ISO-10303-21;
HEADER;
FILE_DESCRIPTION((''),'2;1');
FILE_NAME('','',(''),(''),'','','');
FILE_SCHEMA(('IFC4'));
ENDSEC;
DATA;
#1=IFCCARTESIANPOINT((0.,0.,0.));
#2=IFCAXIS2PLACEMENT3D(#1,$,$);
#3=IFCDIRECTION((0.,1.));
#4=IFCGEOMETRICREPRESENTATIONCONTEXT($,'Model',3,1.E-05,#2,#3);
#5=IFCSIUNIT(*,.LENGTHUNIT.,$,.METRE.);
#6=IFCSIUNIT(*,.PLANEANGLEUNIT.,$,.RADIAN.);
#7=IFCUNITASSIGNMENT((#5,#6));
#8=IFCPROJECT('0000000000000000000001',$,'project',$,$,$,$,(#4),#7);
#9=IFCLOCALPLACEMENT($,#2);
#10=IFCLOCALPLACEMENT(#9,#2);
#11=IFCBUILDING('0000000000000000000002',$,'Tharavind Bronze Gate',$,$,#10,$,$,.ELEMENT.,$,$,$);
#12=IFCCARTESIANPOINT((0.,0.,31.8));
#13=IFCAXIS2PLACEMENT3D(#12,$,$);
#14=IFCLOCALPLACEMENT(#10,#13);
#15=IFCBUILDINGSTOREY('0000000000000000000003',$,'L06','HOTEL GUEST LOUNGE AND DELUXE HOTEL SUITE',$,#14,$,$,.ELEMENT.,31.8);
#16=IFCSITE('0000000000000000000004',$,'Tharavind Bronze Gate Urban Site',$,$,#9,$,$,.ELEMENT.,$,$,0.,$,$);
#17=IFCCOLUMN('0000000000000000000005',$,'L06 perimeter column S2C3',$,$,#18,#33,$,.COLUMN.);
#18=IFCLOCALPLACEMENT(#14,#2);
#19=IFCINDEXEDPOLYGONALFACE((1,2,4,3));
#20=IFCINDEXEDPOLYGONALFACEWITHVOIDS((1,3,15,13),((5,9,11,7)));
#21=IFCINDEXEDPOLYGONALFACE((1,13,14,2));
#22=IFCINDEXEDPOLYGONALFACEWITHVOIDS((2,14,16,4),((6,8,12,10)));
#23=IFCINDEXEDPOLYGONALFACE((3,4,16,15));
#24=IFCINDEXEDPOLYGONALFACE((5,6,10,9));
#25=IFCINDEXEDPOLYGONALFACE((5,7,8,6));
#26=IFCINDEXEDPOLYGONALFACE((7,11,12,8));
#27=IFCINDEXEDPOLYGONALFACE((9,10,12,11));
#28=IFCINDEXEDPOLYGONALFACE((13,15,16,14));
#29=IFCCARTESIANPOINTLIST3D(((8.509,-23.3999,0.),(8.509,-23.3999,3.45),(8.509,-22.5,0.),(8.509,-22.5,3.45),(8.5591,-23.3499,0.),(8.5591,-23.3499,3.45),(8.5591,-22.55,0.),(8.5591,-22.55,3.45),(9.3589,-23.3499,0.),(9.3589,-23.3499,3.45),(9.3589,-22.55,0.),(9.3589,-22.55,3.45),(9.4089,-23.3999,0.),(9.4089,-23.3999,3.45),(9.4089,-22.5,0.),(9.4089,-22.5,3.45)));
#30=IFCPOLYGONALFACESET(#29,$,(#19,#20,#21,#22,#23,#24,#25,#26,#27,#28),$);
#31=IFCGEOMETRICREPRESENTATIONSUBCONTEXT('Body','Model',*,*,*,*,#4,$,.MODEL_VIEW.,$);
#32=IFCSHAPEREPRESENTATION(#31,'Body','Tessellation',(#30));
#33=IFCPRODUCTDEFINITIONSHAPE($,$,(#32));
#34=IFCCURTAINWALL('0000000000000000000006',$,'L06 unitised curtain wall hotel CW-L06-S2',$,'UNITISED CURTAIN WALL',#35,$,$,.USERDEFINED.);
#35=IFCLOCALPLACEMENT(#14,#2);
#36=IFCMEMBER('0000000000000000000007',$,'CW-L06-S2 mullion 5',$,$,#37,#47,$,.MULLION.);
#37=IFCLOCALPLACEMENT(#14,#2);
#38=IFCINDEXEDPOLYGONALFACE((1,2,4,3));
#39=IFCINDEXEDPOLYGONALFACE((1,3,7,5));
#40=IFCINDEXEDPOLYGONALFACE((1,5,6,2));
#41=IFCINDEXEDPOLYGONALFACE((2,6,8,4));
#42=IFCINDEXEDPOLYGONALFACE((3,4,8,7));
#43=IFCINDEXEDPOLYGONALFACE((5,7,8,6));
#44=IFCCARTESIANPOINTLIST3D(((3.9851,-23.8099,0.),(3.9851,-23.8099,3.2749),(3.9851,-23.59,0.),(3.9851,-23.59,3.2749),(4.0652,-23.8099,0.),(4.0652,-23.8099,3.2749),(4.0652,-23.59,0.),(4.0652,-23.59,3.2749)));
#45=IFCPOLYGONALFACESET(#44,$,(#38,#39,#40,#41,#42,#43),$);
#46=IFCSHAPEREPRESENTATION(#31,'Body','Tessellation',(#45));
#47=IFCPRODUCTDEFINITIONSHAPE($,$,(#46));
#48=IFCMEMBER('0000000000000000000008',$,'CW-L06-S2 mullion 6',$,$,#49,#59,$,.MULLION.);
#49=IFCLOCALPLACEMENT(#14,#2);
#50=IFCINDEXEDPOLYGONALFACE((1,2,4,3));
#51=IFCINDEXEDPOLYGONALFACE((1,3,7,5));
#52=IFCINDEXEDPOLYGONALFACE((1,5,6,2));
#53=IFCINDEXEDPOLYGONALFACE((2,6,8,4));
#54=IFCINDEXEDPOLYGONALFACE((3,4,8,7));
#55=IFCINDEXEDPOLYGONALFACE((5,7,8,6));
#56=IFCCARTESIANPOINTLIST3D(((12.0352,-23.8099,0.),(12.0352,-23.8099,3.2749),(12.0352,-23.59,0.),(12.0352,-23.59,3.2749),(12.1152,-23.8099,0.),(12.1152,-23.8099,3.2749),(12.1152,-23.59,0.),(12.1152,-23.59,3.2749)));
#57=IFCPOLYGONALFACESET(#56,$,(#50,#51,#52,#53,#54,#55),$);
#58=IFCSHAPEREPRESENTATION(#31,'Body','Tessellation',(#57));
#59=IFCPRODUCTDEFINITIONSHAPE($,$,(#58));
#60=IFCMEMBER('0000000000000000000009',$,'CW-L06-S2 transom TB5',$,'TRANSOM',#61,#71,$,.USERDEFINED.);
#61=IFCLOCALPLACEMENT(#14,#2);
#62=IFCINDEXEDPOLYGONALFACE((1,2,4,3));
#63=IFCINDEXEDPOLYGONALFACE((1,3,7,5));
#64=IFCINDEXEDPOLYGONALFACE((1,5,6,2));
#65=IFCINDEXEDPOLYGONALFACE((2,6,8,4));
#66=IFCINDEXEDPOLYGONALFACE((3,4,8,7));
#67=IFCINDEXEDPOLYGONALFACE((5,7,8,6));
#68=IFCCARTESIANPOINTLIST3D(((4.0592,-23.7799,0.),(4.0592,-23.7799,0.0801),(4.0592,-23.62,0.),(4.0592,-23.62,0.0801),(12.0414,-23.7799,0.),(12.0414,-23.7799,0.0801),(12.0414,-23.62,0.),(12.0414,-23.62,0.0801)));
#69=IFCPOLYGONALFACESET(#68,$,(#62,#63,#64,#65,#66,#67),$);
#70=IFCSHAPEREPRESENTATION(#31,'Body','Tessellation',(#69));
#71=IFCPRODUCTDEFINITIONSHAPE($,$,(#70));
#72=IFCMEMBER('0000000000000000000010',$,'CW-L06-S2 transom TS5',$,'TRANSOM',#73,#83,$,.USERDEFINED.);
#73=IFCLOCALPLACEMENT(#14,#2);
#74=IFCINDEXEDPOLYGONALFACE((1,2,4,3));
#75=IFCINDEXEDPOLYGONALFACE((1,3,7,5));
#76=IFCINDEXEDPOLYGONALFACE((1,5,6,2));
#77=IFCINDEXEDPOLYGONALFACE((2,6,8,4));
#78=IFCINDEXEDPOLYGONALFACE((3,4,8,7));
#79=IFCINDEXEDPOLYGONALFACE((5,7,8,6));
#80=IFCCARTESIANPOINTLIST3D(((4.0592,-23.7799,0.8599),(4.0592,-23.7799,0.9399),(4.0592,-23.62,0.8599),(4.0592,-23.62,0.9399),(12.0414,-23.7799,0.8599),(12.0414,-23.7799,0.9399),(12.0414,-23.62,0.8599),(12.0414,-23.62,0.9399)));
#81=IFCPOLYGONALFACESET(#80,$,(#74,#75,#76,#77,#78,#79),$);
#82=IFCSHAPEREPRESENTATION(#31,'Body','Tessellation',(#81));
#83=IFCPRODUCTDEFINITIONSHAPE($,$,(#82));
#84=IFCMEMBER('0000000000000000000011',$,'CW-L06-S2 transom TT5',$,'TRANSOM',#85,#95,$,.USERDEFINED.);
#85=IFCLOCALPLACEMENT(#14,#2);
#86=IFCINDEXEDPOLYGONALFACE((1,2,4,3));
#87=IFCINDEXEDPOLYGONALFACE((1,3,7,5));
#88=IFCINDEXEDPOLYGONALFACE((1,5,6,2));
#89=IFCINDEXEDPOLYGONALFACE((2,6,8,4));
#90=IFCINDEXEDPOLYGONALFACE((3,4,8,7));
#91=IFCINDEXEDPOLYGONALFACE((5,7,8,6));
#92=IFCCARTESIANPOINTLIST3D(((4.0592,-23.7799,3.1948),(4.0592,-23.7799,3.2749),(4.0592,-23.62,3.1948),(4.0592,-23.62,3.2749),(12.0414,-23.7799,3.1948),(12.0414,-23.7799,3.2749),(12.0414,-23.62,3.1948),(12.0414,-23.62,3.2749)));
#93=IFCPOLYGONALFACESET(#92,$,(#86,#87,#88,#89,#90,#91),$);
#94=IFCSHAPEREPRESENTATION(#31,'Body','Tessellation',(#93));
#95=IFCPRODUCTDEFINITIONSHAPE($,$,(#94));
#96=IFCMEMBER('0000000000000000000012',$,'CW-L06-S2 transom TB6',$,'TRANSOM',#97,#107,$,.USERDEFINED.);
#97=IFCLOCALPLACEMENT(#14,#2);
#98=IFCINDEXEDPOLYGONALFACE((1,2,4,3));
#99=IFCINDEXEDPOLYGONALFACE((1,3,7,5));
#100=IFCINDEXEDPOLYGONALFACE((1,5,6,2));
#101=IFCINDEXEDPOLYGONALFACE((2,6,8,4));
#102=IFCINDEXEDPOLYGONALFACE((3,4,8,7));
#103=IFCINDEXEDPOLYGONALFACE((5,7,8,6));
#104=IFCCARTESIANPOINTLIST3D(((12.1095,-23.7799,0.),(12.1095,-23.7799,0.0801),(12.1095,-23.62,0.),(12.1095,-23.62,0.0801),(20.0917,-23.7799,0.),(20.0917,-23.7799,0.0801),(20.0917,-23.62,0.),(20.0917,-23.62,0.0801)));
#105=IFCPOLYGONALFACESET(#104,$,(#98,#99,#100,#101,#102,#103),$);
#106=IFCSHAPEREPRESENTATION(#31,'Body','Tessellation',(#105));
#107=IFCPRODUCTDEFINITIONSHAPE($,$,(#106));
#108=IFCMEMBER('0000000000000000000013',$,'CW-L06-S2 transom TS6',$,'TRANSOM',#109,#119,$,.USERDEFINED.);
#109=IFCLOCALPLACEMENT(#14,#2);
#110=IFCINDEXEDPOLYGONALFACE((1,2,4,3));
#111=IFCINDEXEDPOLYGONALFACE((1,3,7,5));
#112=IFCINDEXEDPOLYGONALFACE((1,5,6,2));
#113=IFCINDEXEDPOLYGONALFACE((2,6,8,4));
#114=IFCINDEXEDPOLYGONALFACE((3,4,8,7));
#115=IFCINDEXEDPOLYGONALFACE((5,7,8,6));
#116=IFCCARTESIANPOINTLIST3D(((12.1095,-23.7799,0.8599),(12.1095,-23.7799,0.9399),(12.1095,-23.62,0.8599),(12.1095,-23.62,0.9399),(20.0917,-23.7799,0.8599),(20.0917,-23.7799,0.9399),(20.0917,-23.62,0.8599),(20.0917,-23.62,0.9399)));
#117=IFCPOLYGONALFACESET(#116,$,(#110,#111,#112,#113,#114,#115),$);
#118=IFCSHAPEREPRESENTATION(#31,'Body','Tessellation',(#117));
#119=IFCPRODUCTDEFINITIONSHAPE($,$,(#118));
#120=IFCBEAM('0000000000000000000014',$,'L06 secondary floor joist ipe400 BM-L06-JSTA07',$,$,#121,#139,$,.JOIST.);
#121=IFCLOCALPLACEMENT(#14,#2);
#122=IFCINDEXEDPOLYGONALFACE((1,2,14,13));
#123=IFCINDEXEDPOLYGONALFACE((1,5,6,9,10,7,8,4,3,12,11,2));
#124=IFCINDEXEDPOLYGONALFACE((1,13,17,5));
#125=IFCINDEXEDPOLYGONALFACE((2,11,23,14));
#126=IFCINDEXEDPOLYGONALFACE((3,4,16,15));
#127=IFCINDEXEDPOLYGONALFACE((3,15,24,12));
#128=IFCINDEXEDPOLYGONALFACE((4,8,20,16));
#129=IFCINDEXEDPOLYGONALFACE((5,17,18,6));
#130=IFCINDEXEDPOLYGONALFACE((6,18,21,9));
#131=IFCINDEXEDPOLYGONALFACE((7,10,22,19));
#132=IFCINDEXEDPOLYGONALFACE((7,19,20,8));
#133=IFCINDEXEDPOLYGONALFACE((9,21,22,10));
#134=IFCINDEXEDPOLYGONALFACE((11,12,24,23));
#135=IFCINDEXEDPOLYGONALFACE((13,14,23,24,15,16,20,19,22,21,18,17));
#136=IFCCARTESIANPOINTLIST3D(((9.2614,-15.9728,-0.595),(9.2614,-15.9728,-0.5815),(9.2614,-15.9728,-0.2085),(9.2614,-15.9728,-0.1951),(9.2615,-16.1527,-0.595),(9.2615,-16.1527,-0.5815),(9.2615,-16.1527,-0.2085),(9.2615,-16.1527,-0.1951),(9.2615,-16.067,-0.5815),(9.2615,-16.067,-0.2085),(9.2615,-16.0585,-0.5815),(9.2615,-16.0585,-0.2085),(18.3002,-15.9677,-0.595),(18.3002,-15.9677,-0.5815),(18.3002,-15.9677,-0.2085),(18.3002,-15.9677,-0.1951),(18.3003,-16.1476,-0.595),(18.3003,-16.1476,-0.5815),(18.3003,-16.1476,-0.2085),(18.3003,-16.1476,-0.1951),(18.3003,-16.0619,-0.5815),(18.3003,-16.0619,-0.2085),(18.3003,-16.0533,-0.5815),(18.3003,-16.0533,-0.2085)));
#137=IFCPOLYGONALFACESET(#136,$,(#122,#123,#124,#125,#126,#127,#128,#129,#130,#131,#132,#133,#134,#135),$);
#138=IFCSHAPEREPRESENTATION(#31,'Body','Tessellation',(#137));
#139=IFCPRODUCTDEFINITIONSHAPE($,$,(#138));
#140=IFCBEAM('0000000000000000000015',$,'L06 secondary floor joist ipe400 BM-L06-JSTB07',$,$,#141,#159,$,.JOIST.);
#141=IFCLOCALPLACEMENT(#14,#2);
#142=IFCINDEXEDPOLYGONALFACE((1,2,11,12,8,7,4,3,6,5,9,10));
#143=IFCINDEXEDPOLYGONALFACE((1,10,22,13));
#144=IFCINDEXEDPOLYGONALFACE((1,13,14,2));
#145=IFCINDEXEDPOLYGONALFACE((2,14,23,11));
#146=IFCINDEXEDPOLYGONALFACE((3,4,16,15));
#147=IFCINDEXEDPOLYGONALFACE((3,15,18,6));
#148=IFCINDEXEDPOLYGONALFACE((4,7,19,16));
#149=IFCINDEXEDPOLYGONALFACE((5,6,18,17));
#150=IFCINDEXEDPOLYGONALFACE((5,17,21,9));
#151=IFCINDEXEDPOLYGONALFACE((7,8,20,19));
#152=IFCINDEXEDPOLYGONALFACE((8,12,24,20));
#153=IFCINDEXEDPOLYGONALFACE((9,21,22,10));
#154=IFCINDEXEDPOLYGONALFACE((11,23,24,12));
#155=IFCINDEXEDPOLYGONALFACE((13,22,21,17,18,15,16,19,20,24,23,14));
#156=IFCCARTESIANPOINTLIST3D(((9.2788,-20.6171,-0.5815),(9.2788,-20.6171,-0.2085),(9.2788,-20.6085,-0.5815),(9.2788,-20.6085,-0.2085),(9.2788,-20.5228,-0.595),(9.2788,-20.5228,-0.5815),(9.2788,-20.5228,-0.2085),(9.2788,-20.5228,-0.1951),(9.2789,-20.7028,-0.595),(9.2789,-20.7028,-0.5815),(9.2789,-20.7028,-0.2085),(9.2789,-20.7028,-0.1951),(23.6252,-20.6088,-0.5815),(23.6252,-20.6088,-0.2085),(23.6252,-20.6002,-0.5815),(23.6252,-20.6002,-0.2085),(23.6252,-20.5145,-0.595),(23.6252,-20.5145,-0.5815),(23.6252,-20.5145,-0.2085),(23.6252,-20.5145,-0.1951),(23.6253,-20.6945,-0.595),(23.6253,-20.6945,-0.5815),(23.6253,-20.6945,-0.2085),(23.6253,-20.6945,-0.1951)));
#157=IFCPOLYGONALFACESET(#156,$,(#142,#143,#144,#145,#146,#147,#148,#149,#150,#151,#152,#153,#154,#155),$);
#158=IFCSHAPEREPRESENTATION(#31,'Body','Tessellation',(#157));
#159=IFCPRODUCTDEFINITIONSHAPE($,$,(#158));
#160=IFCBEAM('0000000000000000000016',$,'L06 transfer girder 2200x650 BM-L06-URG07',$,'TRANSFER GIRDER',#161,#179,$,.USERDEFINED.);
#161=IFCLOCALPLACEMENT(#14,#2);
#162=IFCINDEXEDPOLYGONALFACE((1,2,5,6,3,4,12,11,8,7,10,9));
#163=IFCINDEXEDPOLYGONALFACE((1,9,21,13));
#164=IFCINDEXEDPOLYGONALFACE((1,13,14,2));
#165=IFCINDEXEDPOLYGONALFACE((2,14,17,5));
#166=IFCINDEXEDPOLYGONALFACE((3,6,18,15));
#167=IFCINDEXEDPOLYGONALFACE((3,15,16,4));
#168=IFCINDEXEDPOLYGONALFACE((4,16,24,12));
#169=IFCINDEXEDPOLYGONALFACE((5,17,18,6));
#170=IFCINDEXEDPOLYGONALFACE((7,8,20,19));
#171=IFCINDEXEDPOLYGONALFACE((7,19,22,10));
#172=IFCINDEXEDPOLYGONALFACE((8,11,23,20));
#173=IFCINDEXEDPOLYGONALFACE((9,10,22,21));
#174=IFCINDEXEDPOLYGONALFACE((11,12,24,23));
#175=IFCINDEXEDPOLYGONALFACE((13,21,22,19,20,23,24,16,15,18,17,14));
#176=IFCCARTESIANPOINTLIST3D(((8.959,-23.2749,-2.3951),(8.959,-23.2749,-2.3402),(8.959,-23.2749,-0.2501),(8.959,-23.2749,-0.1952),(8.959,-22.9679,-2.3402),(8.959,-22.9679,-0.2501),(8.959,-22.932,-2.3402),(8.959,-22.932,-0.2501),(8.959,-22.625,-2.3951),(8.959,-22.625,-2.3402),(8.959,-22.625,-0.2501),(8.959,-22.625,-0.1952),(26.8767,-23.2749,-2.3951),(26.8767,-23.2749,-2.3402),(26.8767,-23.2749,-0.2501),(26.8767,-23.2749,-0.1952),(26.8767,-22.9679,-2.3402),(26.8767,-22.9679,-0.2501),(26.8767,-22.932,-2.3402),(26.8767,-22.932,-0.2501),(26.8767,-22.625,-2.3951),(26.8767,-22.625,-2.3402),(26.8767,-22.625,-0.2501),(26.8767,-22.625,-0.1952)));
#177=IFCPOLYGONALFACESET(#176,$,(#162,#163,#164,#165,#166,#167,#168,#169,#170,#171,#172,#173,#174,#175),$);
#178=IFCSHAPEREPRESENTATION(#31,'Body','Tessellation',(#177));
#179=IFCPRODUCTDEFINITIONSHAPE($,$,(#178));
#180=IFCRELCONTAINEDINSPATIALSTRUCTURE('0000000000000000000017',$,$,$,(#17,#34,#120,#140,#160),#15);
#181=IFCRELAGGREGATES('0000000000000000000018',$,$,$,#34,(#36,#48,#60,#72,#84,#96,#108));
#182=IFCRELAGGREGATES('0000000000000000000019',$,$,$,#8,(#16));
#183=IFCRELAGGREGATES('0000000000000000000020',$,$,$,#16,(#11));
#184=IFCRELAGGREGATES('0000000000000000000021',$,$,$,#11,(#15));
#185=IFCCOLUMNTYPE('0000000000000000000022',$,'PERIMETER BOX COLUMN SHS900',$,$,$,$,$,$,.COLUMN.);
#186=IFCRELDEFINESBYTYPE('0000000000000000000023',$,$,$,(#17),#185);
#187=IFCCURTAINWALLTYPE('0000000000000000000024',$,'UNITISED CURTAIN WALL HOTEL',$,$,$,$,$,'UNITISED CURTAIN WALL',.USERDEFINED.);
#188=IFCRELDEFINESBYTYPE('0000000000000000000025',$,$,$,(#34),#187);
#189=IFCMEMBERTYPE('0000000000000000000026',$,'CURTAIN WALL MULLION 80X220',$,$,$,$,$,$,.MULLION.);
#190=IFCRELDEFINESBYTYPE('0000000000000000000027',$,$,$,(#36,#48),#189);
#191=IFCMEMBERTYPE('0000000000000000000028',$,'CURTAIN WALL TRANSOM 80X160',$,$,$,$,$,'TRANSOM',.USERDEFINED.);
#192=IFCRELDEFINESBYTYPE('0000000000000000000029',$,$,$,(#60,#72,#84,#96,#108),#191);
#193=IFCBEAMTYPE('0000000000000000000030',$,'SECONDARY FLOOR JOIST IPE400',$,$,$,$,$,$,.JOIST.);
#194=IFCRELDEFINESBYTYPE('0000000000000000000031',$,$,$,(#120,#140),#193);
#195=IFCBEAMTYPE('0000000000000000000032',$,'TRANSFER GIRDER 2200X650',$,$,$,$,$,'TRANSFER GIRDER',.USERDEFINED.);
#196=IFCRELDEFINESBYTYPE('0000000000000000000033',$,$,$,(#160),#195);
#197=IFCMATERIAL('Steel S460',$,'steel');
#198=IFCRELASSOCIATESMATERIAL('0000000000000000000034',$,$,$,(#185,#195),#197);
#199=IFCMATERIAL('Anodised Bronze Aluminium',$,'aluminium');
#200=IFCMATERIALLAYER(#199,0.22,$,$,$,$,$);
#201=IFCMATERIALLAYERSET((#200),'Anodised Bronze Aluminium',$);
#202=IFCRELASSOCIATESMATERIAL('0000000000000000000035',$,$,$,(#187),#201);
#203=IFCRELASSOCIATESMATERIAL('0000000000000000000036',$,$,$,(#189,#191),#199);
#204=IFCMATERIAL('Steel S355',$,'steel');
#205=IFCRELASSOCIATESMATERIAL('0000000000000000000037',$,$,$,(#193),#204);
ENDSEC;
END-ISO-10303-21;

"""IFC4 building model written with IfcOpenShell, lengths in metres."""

from ifc_helpers import new_model, si_unit, direction, frame, origin, origin_2d, place, context, subcontext, project, spatial, rectangle, hollow_rectangle, i_section, extrude, material, layer, layer_set, material_profile, profile_set, type_object, element, aggregate, save


model = new_model("IFC4")

# Units and contexts
model_context = context("Model", 3, precision=1e-05, world=origin(), true_north=direction((0.0, 1.0)))
body_context = subcontext(model_context, "Body", "Model", "MODEL_VIEW")
ifc_project = project(units=[si_unit("LENGTHUNIT", "METRE"), si_unit("PLANEANGLEUNIT", "RADIAN")], contexts=[model_context])

# Site, building, storey
site_placement = place(None, origin())
site = spatial("IfcSite", under=ifc_project, at=site_placement, Name="Tharavind Bronze Gate Urban Site", CompositionType="ELEMENT", RefElevation=0.0)
building_placement = place(site_placement, origin())
building = spatial("IfcBuilding", under=site, at=building_placement, Name="Tharavind Bronze Gate", CompositionType="ELEMENT")
storey_placement = place(building_placement, frame((0.0, 0.0, 31.8)))
storey = spatial("IfcBuildingStorey", under=building, at=storey_placement, Name="L06", Description="HOTEL GUEST LOUNGE AND DELUXE HOTEL SUITE", CompositionType="ELEMENT", Elevation=31.8)

# Column
ifc_material_1 = material(Name="Steel S460", Category="steel")
ifc_material_profile_1 = material_profile(ifc_material_1, hollow_rectangle(XDim=0.8999, YDim=0.8999, WallThickness=0.05, at=origin_2d()), Name="SHS900X50")
ifc_profile_set_1 = profile_set([ifc_material_profile_1], Name="Steel S460")
column_type = type_object("IfcColumnType", Name="PERIMETER BOX COLUMN SHS900", PredefinedType="COLUMN", material=ifc_profile_set_1)
column_placement = place(storey_placement, frame((8.959, -22.95, 0.0), z_axis=(0.0, 0.0, 1.0), x_axis=(1.0, 0.0, 0.0)))
element("IfcColumn", 1, at=column_placement, inside=storey, type_object=column_type, Name="L06 perimeter column S2C3", PredefinedType="COLUMN", context=body_context, shape_type="SweptSolid", body=[
    extrude(hollow_rectangle(XDim=0.8999, YDim=0.8999, WallThickness=0.05, at=origin_2d()), origin(), (0.0, 0.0, 1.0), 3.45),
])

# Curtain wall, members
ifc_material_2 = material(Name="Anodised Bronze Aluminium", Category="aluminium")
ifc_layer_1 = layer(ifc_material_2, 0.22)
ifc_layer_set_1 = layer_set([ifc_layer_1], Name="Anodised Bronze Aluminium")
curtain_wall_type = type_object("IfcCurtainWallType", Name="UNITISED CURTAIN WALL HOTEL", ElementType="UNITISED CURTAIN WALL", PredefinedType="USERDEFINED", material=ifc_layer_set_1)
curtain_wall_placement = place(storey_placement, origin())
curtain_wall = element("IfcCurtainWall", 2, at=curtain_wall_placement, inside=storey, type_object=curtain_wall_type, Name="L06 unitised curtain wall hotel CW-L06-S2", ObjectType="UNITISED CURTAIN WALL", PredefinedType="USERDEFINED")
member_type_1 = type_object("IfcMemberType", Name="CURTAIN WALL MULLION 80X220", PredefinedType="MULLION", material=ifc_material_2)
member_1_placement = place(storey_placement, frame((4.0251, -23.7, 0.0), z_axis=(0.0, 0.0, 1.0), x_axis=(1.0, 0.0, 0.0)))
member_1 = element("IfcMember", 3, at=member_1_placement, type_object=member_type_1, Name="CW-L06-S2 mullion 5", PredefinedType="MULLION", context=body_context, shape_type="SweptSolid", body=[
    extrude(rectangle(XDim=0.0801, YDim=0.22, at=origin_2d()), origin(), (0.0, 0.0, 1.0), 3.2749),
])
member_2_placement = place(storey_placement, frame((12.0752, -23.7, 0.0), z_axis=(0.0, 0.0, 1.0), x_axis=(1.0, 0.0, 0.0)))
member_2 = element("IfcMember", 4, at=member_2_placement, type_object=member_type_1, Name="CW-L06-S2 mullion 6", PredefinedType="MULLION", context=body_context, shape_type="SweptSolid", body=[
    extrude(rectangle(XDim=0.0801, YDim=0.22, at=origin_2d()), origin(), (0.0, 0.0, 1.0), 3.2749),
])
member_type_2 = type_object("IfcMemberType", Name="CURTAIN WALL TRANSOM 80X160", ElementType="TRANSOM", PredefinedType="USERDEFINED", material=ifc_material_2)
member_3_placement = place(storey_placement, frame((8.0503, -23.7, 0.0), z_axis=(0.0, 0.0, 1.0), x_axis=(1.0, 0.0, 0.0)))
member_3 = element("IfcMember", 5, at=member_3_placement, type_object=member_type_2, Name="CW-L06-S2 transom TB5", ObjectType="TRANSOM", PredefinedType="USERDEFINED", context=body_context, shape_type="SweptSolid", body=[
    extrude(rectangle(XDim=7.9822, YDim=0.1599, at=origin_2d()), origin(), (0.0, 0.0, 1.0), 0.0801),
])
member_4_placement = place(storey_placement, frame((8.0503, -23.7, 0.8599), z_axis=(0.0, 0.0, 1.0), x_axis=(1.0, 0.0, 0.0)))
member_4 = element("IfcMember", 6, at=member_4_placement, type_object=member_type_2, Name="CW-L06-S2 transom TS5", ObjectType="TRANSOM", PredefinedType="USERDEFINED", context=body_context, shape_type="SweptSolid", body=[
    extrude(rectangle(XDim=7.9822, YDim=0.1599, at=origin_2d()), origin(), (0.0, 0.0, 1.0), 0.0801),
])
member_5_placement = place(storey_placement, frame((8.0503, -23.7, 3.1948), z_axis=(0.0, 0.0, 1.0), x_axis=(1.0, 0.0, 0.0)))
member_5 = element("IfcMember", 7, at=member_5_placement, type_object=member_type_2, Name="CW-L06-S2 transom TT5", ObjectType="TRANSOM", PredefinedType="USERDEFINED", context=body_context, shape_type="SweptSolid", body=[
    extrude(rectangle(XDim=7.9822, YDim=0.1599, at=origin_2d()), origin(), (0.0, 0.0, 1.0), 0.0801),
])
member_6_placement = place(storey_placement, frame((16.1006, -23.7, 0.0), z_axis=(0.0, 0.0, 1.0), x_axis=(1.0, 0.0, 0.0)))
member_6 = element("IfcMember", 8, at=member_6_placement, type_object=member_type_2, Name="CW-L06-S2 transom TB6", ObjectType="TRANSOM", PredefinedType="USERDEFINED", context=body_context, shape_type="SweptSolid", body=[
    extrude(rectangle(XDim=7.9822, YDim=0.1599, at=origin_2d()), origin(), (0.0, 0.0, 1.0), 0.0801),
])
member_7_placement = place(storey_placement, frame((16.1006, -23.7, 0.8599), z_axis=(0.0, 0.0, 1.0), x_axis=(1.0, 0.0, 0.0)))
member_7 = element("IfcMember", 9, at=member_7_placement, type_object=member_type_2, Name="CW-L06-S2 transom TS6", ObjectType="TRANSOM", PredefinedType="USERDEFINED", context=body_context, shape_type="SweptSolid", body=[
    extrude(rectangle(XDim=7.9822, YDim=0.1599, at=origin_2d()), origin(), (0.0, 0.0, 1.0), 0.0801),
])

# Beams
ifc_material_3 = material(Name="Steel S355", Category="steel")
ifc_material_profile_2 = material_profile(ifc_material_3, i_section(OverallWidth=0.1799, OverallDepth=0.3999, WebThickness=0.0085, FlangeThickness=0.0134, at=origin_2d()), Name="IPE400")
ifc_profile_set_2 = profile_set([ifc_material_profile_2], Name="Steel S355")
beam_type_1 = type_object("IfcBeamType", Name="SECONDARY FLOOR JOIST IPE400", PredefinedType="JOIST", material=ifc_profile_set_2)
beam_1_placement = place(storey_placement, frame((9.2615, -16.0627, -0.395), z_axis=(1.0, 0.000567, 0.0), x_axis=(-0.000567, 1.0, 0.0)))
element("IfcBeam", 10, at=beam_1_placement, inside=storey, type_object=beam_type_1, Name="L06 secondary floor joist ipe400 BM-L06-JSTA07", PredefinedType="JOIST", context=body_context, shape_type="SweptSolid", body=[
    extrude(i_section(OverallWidth=0.1799, OverallDepth=0.3999, WebThickness=0.0085, FlangeThickness=0.0134, at=origin_2d()), origin(), (0.0, 0.0, 1.0), 9.0388),
])
beam_2_placement = place(storey_placement, frame((9.2788, -20.6128, -0.395), z_axis=(1.0, 0.000579, 0.0), x_axis=(-0.000579, 1.0, 0.0)))
element("IfcBeam", 11, at=beam_2_placement, inside=storey, type_object=beam_type_1, Name="L06 secondary floor joist ipe400 BM-L06-JSTB07", PredefinedType="JOIST", context=body_context, shape_type="SweptSolid", body=[
    extrude(i_section(OverallWidth=0.1799, OverallDepth=0.3999, WebThickness=0.0085, FlangeThickness=0.0134, at=origin_2d()), origin(), (0.0, 0.0, 1.0), 14.3464),
])
ifc_material_profile_3 = material_profile(ifc_material_1, i_section(OverallWidth=0.6499, OverallDepth=2.2, WebThickness=0.0359, FlangeThickness=0.0549, at=origin_2d()), Name="PG2200X650")
ifc_profile_set_3 = profile_set([ifc_material_profile_3], Name="Steel S460")
beam_type_2 = type_object("IfcBeamType", Name="TRANSFER GIRDER 2200X650", ElementType="TRANSFER GIRDER", PredefinedType="USERDEFINED", material=ifc_profile_set_3)
beam_3_placement = place(storey_placement, frame((8.959, -22.95, -1.2952), z_axis=(1.0, 0.0, 0.0), x_axis=(0.0, 1.0, 0.0)))
element("IfcBeam", 12, at=beam_3_placement, inside=storey, type_object=beam_type_2, Name="L06 transfer girder 2200x650 BM-L06-URG07", ObjectType="TRANSFER GIRDER", PredefinedType="USERDEFINED", context=body_context, shape_type="SweptSolid", body=[
    extrude(i_section(OverallWidth=0.6499, OverallDepth=2.2, WebThickness=0.0359, FlangeThickness=0.0549, at=origin_2d()), origin(), (0.0, 0.0, 1.0), 17.9177),
])

aggregate(curtain_wall, [member_1, member_2, member_3, member_4, member_5, member_6, member_7])

save(model, "model.ifc")
